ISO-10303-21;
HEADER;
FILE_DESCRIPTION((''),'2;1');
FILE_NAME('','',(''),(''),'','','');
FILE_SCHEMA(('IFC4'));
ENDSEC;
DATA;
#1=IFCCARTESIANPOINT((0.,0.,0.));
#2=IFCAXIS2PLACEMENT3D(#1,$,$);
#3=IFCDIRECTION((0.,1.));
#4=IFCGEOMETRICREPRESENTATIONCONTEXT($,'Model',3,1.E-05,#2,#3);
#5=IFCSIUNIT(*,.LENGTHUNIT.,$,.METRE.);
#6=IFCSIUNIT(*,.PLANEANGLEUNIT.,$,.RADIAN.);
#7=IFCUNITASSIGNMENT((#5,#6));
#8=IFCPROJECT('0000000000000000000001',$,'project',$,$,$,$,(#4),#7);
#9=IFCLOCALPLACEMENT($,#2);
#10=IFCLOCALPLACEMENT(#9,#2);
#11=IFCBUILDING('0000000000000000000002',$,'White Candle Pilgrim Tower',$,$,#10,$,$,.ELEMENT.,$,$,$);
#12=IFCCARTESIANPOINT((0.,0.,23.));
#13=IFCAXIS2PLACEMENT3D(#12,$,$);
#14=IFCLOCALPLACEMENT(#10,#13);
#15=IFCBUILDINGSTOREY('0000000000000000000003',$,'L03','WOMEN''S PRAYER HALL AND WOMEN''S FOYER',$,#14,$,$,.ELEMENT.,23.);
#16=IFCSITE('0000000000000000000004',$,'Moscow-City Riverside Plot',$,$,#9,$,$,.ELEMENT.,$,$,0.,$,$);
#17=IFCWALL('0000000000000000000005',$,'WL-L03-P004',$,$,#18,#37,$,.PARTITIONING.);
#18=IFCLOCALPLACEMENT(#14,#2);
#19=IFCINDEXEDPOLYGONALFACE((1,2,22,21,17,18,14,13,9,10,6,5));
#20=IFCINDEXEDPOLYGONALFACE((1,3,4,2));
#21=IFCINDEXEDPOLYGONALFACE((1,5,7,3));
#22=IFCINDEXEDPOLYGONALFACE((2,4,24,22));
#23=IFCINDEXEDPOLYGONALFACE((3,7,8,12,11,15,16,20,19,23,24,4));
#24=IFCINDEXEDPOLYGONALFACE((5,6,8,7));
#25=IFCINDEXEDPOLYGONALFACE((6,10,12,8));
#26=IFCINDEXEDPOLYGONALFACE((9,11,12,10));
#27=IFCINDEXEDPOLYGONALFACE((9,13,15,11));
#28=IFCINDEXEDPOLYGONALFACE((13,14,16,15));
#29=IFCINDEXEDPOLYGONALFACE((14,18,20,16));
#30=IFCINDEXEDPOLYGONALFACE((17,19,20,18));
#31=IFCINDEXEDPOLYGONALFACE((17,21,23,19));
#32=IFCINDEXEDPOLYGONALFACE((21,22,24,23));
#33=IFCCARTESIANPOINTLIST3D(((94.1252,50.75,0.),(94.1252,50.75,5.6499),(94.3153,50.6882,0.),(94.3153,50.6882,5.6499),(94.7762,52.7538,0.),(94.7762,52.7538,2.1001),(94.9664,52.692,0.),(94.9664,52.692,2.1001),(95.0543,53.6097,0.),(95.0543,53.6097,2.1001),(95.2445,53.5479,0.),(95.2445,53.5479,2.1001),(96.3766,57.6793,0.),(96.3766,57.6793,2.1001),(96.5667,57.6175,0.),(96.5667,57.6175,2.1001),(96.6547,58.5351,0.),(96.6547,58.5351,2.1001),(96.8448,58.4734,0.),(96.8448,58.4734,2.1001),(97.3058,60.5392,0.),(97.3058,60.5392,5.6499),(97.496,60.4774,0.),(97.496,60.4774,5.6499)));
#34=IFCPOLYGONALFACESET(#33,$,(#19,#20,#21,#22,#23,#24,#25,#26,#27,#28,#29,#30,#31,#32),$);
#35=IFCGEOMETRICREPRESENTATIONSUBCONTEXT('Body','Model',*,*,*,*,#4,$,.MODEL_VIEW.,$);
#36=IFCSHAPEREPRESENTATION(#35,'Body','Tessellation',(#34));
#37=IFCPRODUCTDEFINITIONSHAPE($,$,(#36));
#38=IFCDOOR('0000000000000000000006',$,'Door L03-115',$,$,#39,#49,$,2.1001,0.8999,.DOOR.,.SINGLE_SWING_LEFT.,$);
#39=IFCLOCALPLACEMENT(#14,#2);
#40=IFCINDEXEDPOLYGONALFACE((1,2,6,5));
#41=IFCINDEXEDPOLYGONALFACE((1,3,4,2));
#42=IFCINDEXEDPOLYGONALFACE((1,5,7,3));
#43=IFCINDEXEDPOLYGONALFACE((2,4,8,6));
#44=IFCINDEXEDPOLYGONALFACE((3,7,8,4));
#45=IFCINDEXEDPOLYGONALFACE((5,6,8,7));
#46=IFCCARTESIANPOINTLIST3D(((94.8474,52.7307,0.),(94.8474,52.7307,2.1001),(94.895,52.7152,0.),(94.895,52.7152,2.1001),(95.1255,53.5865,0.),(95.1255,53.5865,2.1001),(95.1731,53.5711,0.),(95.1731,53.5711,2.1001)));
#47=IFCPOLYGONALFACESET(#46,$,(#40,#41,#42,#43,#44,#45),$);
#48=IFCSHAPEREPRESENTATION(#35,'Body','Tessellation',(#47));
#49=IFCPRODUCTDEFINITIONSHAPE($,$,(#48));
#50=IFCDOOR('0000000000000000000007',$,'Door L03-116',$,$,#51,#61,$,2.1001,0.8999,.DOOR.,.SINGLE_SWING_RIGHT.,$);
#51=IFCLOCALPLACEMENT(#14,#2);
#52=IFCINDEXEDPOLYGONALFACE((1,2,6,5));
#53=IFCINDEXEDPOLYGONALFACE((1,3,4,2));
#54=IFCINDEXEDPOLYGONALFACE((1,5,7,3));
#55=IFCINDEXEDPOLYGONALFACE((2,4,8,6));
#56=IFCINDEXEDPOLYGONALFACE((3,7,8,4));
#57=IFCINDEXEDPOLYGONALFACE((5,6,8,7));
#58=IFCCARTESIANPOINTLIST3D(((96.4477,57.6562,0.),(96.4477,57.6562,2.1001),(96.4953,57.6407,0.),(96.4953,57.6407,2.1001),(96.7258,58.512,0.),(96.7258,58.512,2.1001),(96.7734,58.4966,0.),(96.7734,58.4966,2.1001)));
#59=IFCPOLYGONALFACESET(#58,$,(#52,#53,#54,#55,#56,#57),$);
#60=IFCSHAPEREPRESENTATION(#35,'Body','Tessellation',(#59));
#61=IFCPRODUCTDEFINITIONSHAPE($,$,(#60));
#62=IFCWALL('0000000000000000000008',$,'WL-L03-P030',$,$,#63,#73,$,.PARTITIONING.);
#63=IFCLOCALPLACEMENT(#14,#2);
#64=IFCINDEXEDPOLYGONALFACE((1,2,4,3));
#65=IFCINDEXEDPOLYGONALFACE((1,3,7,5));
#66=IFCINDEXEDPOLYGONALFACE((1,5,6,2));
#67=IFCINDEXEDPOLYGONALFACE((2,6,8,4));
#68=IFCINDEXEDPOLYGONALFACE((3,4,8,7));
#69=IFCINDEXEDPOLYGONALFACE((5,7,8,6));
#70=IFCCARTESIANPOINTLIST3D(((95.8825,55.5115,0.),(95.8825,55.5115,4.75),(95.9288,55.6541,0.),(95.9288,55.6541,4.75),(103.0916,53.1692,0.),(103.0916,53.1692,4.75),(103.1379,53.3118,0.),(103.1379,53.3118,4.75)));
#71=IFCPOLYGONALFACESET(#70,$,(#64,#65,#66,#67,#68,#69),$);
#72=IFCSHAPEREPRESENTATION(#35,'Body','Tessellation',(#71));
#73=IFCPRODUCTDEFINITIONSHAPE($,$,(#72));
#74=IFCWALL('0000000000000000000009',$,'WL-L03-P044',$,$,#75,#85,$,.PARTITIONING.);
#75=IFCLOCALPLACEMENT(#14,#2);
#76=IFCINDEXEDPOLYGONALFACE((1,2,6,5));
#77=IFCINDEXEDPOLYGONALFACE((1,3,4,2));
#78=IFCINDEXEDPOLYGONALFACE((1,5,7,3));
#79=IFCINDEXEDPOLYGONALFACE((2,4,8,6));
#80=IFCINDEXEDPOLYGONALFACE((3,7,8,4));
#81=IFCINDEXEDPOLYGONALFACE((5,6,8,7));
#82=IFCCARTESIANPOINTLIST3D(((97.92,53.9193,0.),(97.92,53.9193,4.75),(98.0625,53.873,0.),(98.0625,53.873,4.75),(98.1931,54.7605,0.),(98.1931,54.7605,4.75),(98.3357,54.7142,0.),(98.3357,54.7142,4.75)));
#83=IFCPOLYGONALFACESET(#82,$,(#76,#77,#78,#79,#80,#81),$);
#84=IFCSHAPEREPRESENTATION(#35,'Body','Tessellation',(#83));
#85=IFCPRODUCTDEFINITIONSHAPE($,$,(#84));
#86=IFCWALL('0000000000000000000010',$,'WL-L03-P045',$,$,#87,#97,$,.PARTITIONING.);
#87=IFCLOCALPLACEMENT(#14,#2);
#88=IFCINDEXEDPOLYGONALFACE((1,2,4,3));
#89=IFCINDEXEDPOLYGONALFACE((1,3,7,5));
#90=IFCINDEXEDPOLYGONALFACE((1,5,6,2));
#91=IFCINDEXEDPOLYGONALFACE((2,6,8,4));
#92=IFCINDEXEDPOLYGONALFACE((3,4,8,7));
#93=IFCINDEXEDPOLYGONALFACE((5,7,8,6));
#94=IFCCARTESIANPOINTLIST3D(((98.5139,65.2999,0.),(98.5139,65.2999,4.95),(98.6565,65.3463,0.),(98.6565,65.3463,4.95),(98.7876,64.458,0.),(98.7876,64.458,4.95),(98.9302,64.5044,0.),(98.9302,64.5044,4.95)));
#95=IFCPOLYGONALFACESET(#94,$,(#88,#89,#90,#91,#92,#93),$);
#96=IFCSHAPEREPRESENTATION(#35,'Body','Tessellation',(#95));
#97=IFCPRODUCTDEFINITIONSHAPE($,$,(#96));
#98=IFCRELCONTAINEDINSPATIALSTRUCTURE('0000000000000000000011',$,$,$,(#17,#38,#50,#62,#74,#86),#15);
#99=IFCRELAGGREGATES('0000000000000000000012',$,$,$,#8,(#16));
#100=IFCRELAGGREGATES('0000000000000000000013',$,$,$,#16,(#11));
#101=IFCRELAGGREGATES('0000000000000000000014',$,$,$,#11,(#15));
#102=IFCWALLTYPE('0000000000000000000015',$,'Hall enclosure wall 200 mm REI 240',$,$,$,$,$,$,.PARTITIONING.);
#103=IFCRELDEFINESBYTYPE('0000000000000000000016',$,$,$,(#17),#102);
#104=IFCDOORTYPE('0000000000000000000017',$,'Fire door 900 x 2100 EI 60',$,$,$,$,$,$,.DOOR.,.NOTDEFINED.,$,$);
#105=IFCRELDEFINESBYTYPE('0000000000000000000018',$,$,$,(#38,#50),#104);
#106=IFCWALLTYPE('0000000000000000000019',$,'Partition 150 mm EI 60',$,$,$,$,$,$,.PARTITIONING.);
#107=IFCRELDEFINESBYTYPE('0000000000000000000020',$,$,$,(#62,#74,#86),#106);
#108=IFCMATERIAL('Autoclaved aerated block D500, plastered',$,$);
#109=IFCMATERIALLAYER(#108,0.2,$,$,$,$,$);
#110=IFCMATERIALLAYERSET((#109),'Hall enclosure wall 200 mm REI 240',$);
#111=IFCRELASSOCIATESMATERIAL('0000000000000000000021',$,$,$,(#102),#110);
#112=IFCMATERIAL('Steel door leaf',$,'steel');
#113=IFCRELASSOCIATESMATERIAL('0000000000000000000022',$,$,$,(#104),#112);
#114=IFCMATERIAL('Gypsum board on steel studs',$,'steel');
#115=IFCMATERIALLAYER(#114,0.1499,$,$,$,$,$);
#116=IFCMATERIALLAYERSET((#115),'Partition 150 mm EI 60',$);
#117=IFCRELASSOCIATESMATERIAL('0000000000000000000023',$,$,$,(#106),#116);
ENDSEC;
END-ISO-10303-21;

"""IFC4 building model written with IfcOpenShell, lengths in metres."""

from ifc_helpers import new_model, si_unit, direction, frame, frame_2d, origin, place, context, subcontext, project, spatial, rectangle, extrude, material, layer, layer_set, type_object, element, fill, save


model = new_model("IFC4")

# Units and contexts
model_context = context("Model", 3, precision=1e-05, world=origin(), true_north=direction((0.0, 1.0)))
body_context = subcontext(model_context, "Body", "Model", "MODEL_VIEW")
ifc_project = project(units=[si_unit("LENGTHUNIT", "METRE"), si_unit("PLANEANGLEUNIT", "RADIAN")], contexts=[model_context])

# Site, building, storey
site_placement = place(None, origin())
site = spatial("IfcSite", under=ifc_project, at=site_placement, Name="Moscow-City Riverside Plot", CompositionType="ELEMENT", RefElevation=0.0)
building_placement = place(site_placement, origin())
building = spatial("IfcBuilding", under=site, at=building_placement, Name="White Candle Pilgrim Tower", CompositionType="ELEMENT")
storey_placement = place(building_placement, frame((0.0, 0.0, 23.0)))
storey = spatial("IfcBuildingStorey", under=building, at=storey_placement, Name="L03", Description="WOMEN'S PRAYER HALL AND WOMEN'S FOYER", CompositionType="ELEMENT", Elevation=23.0)

# Wall, openings, doors
ifc_material_1 = material(Name="Autoclaved aerated block D500, plastered")
ifc_layer_1 = layer(ifc_material_1, 0.2)
ifc_layer_set_1 = layer_set([ifc_layer_1], Name="Hall enclosure wall 200 mm REI 240")
wall_type_1 = type_object("IfcWallType", Name="Hall enclosure wall 200 mm REI 240", PredefinedType="PARTITIONING", material=ifc_layer_set_1)
wall_1_placement = place(storey_placement, frame((97.4009, 60.5083, 0.0), z_axis=(0.0, 0.0, 1.0), x_axis=(-0.30901, -0.951059, 0.0)))
wall_1 = element("IfcWall", 1, at=wall_1_placement, inside=storey, type_object=wall_type_1, Name="WL-L03-P004", PredefinedType="PARTITIONING", context=body_context, shape_type="SweptSolid", body=[
    extrude(rectangle(XDim=10.293, YDim=0.2, at=frame_2d((5.1465, 0.0))), origin(), (0.0, 0.0, 1.0), 5.6499),
])
opening_1_placement = place(wall_1_placement, frame((7.2861, 0.0, 0.0)))
opening_1 = element("IfcOpeningElement", 2, at=opening_1_placement, cuts=wall_1, PredefinedType="OPENING", context=body_context, shape_type="SweptSolid", body=[
    extrude(rectangle(XDim=0.8999, YDim=2.1001, at=frame_2d((0.45, 1.05))), frame((0.0, 0.1099, 0.0), z_axis=(0.0, -1.0, 0.0), x_axis=(1.0, 0.0, 0.0)), (0.0, 0.0, 1.0), 0.22),
])
opening_2_placement = place(wall_1_placement, frame((2.1072, 0.0, 0.0)))
opening_2 = element("IfcOpeningElement", 3, at=opening_2_placement, cuts=wall_1, PredefinedType="OPENING", context=body_context, shape_type="SweptSolid", body=[
    extrude(rectangle(XDim=0.8999, YDim=2.1001, at=frame_2d((0.45, 1.05))), frame((0.0, 0.1099, 0.0), z_axis=(0.0, -1.0, 0.0), x_axis=(1.0, 0.0, 0.0)), (0.0, 0.0, 1.0), 0.22),
])
ifc_material_2 = material(Name="Steel door leaf", Category="steel")
door_type = type_object("IfcDoorType", Name="Fire door 900 x 2100 EI 60", OperationType="NOTDEFINED", PredefinedType="DOOR", material=ifc_material_2)
door_1_placement = place(opening_1_placement, origin())
door_1 = element("IfcDoor", 4, at=door_1_placement, inside=storey, type_object=door_type, Name="Door L03-115", OperationType="SINGLE_SWING_LEFT", OverallHeight=2.1001, OverallWidth=0.8999, PredefinedType="DOOR", context=body_context, shape_type="SweptSolid", body=[
    extrude(rectangle(XDim=0.8999, YDim=2.1001, at=frame_2d((0.45, 1.05))), frame((0.0, 0.0249, 0.0), z_axis=(0.0, -1.0, 0.0), x_axis=(1.0, 0.0, 0.0)), (0.0, 0.0, 1.0), 0.05),
])
fill(opening_1, door_1)
door_2_placement = place(opening_2_placement, origin())
door_2 = element("IfcDoor", 5, at=door_2_placement, inside=storey, type_object=door_type, Name="Door L03-116", OperationType="SINGLE_SWING_RIGHT", OverallHeight=2.1001, OverallWidth=0.8999, PredefinedType="DOOR", context=body_context, shape_type="SweptSolid", body=[
    extrude(rectangle(XDim=0.8999, YDim=2.1001, at=frame_2d((0.45, 1.05))), frame((0.0, 0.0249, 0.0), z_axis=(0.0, -1.0, 0.0), x_axis=(1.0, 0.0, 0.0)), (0.0, 0.0, 1.0), 0.05),
])
fill(opening_2, door_2)

# Walls
ifc_material_3 = material(Name="Gypsum board on steel studs", Category="steel")
ifc_layer_2 = layer(ifc_material_3, 0.1499)
ifc_layer_set_2 = layer_set([ifc_layer_2], Name="Partition 150 mm EI 60")
wall_type_2 = type_object("IfcWallType", Name="Partition 150 mm EI 60", PredefinedType="PARTITIONING", material=ifc_layer_set_2)
wall_2_placement = place(storey_placement, frame((103.1147, 53.2405, 0.0), z_axis=(0.0, 0.0, 1.0), x_axis=(-0.951059, 0.30901, 0.0)))
element("IfcWall", 6, at=wall_2_placement, inside=storey, type_object=wall_type_2, Name="WL-L03-P030", PredefinedType="PARTITIONING", context=body_context, shape_type="SweptSolid", body=[
    extrude(rectangle(XDim=7.5801, YDim=0.1499, at=frame_2d((3.79, 0.0))), origin(), (0.0, 0.0, 1.0), 4.75),
])
wall_3_placement = place(storey_placement, frame((97.9912, 53.896, 0.0), z_axis=(0.0, 0.0, 1.0), x_axis=(0.308849, 0.951111, 0.0)))
element("IfcWall", 7, at=wall_3_placement, inside=storey, type_object=wall_type_2, Name="WL-L03-P044", PredefinedType="PARTITIONING", context=body_context, shape_type="SweptSolid", body=[
    extrude(rectangle(XDim=0.8845, YDim=0.1499, at=frame_2d((0.4424, 0.0))), origin(), (0.0, 0.0, 1.0), 4.75),
])
wall_4_placement = place(storey_placement, frame((98.8589, 64.4812, 0.0), z_axis=(0.0, 0.0, 1.0), x_axis=(-0.309186, 0.951002, 0.0)))
element("IfcWall", 8, at=wall_4_placement, inside=storey, type_object=wall_type_2, Name="WL-L03-P045", PredefinedType="PARTITIONING", context=body_context, shape_type="SweptSolid", body=[
    extrude(rectangle(XDim=0.8853, YDim=0.1499, at=frame_2d((0.4426, 0.0))), origin(), (0.0, 0.0, 1.0), 4.95),
])

save(model, "model.ifc")
